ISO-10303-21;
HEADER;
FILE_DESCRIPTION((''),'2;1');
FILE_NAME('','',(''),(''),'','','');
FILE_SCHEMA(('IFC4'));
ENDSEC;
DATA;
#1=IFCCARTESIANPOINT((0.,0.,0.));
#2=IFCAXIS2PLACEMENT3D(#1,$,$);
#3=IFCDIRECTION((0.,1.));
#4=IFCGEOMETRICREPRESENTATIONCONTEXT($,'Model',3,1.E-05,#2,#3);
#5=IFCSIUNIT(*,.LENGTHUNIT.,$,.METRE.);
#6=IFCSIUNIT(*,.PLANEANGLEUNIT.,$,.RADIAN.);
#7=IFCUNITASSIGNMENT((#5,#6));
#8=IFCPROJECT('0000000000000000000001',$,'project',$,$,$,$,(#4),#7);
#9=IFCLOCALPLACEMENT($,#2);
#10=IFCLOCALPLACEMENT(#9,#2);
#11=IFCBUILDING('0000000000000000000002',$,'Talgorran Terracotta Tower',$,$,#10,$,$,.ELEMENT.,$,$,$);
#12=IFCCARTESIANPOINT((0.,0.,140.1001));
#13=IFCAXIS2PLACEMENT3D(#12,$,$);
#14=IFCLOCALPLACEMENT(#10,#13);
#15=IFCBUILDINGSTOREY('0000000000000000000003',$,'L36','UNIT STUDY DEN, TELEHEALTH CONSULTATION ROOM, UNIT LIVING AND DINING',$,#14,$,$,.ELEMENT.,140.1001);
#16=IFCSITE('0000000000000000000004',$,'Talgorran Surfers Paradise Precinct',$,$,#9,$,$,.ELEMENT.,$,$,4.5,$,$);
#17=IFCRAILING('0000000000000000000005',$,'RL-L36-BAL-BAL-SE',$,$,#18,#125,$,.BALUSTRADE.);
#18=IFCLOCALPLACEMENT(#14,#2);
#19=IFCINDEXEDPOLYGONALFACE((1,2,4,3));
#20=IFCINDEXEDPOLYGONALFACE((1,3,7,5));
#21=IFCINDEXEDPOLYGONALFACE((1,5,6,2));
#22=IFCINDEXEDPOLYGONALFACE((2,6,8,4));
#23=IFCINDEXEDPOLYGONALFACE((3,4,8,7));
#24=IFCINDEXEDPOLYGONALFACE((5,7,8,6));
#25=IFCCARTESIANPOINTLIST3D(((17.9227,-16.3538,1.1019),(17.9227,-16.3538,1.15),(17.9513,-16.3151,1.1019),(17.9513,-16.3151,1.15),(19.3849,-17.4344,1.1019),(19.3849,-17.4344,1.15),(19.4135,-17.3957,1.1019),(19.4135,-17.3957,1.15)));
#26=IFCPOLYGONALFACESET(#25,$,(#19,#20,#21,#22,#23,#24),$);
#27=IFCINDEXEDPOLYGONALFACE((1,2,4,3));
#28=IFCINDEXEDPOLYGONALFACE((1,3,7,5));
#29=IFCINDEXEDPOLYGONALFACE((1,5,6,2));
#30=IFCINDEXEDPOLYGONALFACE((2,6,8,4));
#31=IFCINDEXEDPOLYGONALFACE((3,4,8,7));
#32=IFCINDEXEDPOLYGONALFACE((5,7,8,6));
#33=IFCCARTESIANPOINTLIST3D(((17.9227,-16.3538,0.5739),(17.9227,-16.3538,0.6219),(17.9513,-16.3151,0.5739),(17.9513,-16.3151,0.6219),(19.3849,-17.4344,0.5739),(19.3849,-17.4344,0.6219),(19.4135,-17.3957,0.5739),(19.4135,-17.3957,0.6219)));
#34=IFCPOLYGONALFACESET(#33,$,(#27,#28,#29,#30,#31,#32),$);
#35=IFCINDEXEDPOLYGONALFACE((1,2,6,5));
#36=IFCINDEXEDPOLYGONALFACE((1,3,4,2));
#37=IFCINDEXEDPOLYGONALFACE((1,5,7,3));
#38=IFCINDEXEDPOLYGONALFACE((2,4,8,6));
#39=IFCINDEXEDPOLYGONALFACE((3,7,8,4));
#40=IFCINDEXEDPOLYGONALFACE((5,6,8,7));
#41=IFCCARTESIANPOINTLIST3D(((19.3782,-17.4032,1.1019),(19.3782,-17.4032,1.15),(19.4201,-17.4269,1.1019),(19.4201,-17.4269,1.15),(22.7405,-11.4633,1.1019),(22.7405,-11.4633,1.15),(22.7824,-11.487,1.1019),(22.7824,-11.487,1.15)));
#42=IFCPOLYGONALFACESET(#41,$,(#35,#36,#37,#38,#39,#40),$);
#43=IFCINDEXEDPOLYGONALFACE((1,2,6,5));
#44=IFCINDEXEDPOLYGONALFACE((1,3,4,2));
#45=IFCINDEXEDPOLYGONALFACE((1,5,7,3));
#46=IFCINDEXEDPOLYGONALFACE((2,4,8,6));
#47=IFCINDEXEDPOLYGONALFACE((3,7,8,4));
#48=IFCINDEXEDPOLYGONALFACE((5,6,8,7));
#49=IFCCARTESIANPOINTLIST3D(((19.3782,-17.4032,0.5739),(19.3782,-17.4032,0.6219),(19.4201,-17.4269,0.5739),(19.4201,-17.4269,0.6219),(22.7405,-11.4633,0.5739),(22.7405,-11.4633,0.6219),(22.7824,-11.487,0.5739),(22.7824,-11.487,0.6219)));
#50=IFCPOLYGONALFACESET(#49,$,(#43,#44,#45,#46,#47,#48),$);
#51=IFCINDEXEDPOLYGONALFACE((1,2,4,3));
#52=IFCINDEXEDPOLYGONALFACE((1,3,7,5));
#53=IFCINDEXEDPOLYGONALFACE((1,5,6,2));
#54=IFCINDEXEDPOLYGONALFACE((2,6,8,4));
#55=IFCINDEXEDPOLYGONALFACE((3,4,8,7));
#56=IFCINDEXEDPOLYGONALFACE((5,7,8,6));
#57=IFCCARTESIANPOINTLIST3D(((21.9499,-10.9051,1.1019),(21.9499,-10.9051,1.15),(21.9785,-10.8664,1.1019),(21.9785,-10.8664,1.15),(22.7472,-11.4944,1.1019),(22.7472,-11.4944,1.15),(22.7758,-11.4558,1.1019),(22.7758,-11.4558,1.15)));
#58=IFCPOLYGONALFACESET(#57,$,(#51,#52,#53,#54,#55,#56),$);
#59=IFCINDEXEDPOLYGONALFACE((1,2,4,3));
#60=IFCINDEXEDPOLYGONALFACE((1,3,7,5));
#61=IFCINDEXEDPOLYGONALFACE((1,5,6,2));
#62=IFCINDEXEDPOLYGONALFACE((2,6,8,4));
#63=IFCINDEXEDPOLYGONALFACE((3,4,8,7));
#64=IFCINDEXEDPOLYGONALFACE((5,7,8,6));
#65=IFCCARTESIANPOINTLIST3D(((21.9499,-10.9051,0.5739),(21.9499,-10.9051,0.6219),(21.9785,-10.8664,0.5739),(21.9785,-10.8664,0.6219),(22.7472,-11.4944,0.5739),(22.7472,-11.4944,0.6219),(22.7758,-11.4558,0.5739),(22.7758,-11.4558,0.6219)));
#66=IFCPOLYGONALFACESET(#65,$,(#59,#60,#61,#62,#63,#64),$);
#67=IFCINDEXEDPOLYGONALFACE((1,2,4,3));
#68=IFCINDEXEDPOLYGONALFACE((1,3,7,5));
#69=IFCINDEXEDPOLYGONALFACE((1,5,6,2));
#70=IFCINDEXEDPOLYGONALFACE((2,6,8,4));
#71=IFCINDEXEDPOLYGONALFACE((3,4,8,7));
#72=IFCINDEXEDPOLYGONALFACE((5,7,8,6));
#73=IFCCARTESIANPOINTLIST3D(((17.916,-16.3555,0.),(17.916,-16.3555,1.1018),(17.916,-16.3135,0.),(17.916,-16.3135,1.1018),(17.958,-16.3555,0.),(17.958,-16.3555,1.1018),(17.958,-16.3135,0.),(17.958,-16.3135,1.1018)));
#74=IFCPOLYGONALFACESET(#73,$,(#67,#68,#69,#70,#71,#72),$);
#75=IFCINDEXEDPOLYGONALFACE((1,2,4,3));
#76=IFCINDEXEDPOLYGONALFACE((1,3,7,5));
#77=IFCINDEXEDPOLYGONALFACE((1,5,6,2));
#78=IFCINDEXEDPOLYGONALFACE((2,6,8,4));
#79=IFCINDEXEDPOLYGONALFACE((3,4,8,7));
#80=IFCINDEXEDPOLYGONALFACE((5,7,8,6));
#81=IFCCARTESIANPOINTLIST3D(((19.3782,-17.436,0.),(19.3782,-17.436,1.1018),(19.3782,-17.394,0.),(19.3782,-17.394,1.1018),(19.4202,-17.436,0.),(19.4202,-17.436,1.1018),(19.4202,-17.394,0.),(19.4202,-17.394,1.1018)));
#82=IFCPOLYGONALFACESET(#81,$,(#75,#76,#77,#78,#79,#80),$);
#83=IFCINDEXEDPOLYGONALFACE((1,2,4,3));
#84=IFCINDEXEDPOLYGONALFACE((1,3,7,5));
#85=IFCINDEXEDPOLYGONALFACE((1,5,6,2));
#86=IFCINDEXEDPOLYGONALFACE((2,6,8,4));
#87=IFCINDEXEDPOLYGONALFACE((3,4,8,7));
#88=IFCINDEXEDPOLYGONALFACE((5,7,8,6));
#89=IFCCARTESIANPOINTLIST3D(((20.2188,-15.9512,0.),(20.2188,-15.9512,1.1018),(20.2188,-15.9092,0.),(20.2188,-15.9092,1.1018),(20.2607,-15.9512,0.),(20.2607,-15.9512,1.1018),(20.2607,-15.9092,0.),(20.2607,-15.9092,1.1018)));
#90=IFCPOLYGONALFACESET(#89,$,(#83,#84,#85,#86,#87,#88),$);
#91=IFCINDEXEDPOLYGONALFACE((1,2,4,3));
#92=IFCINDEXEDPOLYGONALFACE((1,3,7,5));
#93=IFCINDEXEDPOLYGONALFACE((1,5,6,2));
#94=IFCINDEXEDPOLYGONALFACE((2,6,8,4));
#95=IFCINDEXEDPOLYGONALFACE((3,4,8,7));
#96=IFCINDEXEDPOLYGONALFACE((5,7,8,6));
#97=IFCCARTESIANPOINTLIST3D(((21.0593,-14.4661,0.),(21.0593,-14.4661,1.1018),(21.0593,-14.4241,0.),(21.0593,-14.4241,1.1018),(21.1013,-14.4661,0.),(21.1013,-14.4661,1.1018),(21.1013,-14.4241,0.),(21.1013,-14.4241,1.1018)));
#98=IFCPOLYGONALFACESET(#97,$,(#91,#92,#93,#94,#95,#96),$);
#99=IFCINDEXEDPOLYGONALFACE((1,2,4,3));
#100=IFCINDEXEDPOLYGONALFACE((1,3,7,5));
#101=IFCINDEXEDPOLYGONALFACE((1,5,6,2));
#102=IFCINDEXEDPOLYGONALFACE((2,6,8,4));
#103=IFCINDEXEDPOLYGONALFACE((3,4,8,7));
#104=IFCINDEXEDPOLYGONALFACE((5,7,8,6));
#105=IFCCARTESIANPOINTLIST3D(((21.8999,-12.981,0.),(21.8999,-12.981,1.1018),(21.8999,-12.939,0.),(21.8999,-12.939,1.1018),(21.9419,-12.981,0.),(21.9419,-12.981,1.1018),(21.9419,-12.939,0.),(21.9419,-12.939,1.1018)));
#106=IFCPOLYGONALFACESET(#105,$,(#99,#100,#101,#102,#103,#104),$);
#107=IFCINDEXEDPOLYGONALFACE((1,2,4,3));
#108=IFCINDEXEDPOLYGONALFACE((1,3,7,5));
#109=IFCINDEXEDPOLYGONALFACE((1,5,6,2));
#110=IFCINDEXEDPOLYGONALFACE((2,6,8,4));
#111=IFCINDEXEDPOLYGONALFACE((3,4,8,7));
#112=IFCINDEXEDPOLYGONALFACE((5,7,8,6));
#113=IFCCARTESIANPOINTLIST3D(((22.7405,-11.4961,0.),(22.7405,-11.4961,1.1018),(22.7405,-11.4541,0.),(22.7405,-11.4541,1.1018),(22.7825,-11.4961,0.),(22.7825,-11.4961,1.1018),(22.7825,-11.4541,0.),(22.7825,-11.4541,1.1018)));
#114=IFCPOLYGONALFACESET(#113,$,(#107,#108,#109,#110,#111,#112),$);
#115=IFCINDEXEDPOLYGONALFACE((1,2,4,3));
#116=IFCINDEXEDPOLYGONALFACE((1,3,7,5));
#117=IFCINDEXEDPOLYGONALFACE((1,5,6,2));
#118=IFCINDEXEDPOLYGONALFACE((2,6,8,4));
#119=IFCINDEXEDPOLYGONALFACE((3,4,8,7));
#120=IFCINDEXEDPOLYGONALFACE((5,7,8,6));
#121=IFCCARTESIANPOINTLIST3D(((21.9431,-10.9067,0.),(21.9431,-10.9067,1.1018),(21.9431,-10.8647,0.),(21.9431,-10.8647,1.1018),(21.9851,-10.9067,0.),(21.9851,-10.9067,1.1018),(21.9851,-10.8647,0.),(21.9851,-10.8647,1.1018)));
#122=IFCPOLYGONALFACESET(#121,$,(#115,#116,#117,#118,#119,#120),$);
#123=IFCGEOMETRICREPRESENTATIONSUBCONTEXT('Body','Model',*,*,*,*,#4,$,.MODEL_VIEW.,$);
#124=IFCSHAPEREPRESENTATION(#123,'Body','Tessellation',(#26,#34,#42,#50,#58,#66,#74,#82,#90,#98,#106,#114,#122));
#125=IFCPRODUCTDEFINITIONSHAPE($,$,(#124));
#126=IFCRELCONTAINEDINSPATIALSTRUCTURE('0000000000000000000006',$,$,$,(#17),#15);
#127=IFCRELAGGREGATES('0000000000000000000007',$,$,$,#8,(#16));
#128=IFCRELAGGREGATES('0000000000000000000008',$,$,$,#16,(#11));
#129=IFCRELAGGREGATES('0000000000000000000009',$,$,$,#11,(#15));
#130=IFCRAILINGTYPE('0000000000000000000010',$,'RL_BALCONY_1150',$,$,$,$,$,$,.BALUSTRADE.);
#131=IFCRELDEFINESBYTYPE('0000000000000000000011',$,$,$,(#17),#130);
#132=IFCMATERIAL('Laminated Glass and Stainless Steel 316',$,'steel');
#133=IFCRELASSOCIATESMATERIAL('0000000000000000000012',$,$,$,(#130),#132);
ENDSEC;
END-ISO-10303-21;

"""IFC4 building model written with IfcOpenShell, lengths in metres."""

from ifc_helpers import new_model, si_unit, direction, frame, origin, origin_2d, place, context, subcontext, project, spatial, rectangle, extrude, material, type_object, element, save


model = new_model("IFC4")

# Units and contexts
model_context = context("Model", 3, precision=1e-05, world=origin(), true_north=direction((0.0, 1.0)))
body_context = subcontext(model_context, "Body", "Model", "MODEL_VIEW")
ifc_project = project(units=[si_unit("LENGTHUNIT", "METRE"), si_unit("PLANEANGLEUNIT", "RADIAN")], contexts=[model_context])

# Site, building, storey
site_placement = place(None, origin())
site = spatial("IfcSite", under=ifc_project, at=site_placement, Name="Talgorran Surfers Paradise Precinct", CompositionType="ELEMENT", RefElevation=4.5)
building_placement = place(site_placement, origin())
building = spatial("IfcBuilding", under=site, at=building_placement, Name="Talgorran Terracotta Tower", CompositionType="ELEMENT")
storey_placement = place(building_placement, frame((0.0, 0.0, 140.1001)))
storey = spatial("IfcBuildingStorey", under=building, at=storey_placement, Name="L36", Description="UNIT STUDY DEN, TELEHEALTH CONSULTATION ROOM, UNIT LIVING AND DINING", CompositionType="ELEMENT", Elevation=140.1001)

# Railing
ifc_material_1 = material(Name="Laminated Glass and Stainless Steel 316", Category="steel")
railing_type = type_object("IfcRailingType", Name="RL_BALCONY_1150", PredefinedType="BALUSTRADE", material=ifc_material_1)
railing_placement = place(storey_placement, frame((17.937, -16.3345, 0.0)))
element("IfcRailing", 1, at=railing_placement, inside=storey, type_object=railing_type, Name="RL-L36-BAL-BAL-SE", PredefinedType="BALUSTRADE", context=body_context, shape_type="SweptSolid", body=[
    extrude(rectangle(XDim=0.0481, YDim=0.0481, at=origin_2d()), frame((0.0, 0.0, 1.126), z_axis=(0.804218, -0.594334, 0.0), x_axis=(0.594334, 0.804218, 0.0)), (0.0, 0.0, 1.0), 1.8181),
    extrude(rectangle(XDim=0.0481, YDim=0.0481, at=origin_2d()), frame((0.0, 0.0, 0.5979), z_axis=(0.804218, -0.594334, 0.0), x_axis=(0.594334, 0.804218, 0.0)), (0.0, 0.0, 1.0), 1.8181),
    extrude(rectangle(XDim=0.0481, YDim=0.0481, at=origin_2d()), frame((1.4622, -1.0806, 1.126), z_axis=(0.492606, 0.870252, 0.0), x_axis=(-0.870252, 0.492606, 0.0)), (0.0, 0.0, 1.0), 6.8254),
    extrude(rectangle(XDim=0.0481, YDim=0.0481, at=origin_2d()), frame((1.4622, -1.0806, 0.5979), z_axis=(0.492606, 0.870252, 0.0), x_axis=(-0.870252, 0.492606, 0.0)), (0.0, 0.0, 1.0), 6.8254),
    extrude(rectangle(XDim=0.0481, YDim=0.0481, at=origin_2d()), frame((4.8245, 4.8594, 1.126), z_axis=(-0.804176, 0.594391, 0.0), x_axis=(-0.594391, -0.804176, 0.0)), (0.0, 0.0, 1.0), 0.9915),
    extrude(rectangle(XDim=0.0481, YDim=0.0481, at=origin_2d()), frame((4.8245, 4.8594, 0.5979), z_axis=(-0.804176, 0.594391, 0.0), x_axis=(-0.594391, -0.804176, 0.0)), (0.0, 0.0, 1.0), 0.9915),
    extrude(rectangle(XDim=0.042, YDim=0.042, at=origin_2d()), origin(), (0.0, 0.0, 1.0), 1.1018),
    extrude(rectangle(XDim=0.042, YDim=0.042, at=origin_2d()), frame((1.4622, -1.0806, 0.0)), (0.0, 0.0, 1.0), 1.1018),
    extrude(rectangle(XDim=0.042, YDim=0.042, at=origin_2d()), frame((2.3027, 0.4043, 0.0)), (0.0, 0.0, 1.0), 1.1018),
    extrude(rectangle(XDim=0.042, YDim=0.042, at=origin_2d()), frame((3.1433, 1.8894, 0.0)), (0.0, 0.0, 1.0), 1.1018),
    extrude(rectangle(XDim=0.042, YDim=0.042, at=origin_2d()), frame((3.9839, 3.3745, 0.0)), (0.0, 0.0, 1.0), 1.1018),
    extrude(rectangle(XDim=0.042, YDim=0.042, at=origin_2d()), frame((4.8245, 4.8594, 0.0)), (0.0, 0.0, 1.0), 1.1018),
    extrude(rectangle(XDim=0.042, YDim=0.042, at=origin_2d()), frame((4.0271, 5.4487, 0.0)), (0.0, 0.0, 1.0), 1.1018),
])

save(model, "model.ifc")
